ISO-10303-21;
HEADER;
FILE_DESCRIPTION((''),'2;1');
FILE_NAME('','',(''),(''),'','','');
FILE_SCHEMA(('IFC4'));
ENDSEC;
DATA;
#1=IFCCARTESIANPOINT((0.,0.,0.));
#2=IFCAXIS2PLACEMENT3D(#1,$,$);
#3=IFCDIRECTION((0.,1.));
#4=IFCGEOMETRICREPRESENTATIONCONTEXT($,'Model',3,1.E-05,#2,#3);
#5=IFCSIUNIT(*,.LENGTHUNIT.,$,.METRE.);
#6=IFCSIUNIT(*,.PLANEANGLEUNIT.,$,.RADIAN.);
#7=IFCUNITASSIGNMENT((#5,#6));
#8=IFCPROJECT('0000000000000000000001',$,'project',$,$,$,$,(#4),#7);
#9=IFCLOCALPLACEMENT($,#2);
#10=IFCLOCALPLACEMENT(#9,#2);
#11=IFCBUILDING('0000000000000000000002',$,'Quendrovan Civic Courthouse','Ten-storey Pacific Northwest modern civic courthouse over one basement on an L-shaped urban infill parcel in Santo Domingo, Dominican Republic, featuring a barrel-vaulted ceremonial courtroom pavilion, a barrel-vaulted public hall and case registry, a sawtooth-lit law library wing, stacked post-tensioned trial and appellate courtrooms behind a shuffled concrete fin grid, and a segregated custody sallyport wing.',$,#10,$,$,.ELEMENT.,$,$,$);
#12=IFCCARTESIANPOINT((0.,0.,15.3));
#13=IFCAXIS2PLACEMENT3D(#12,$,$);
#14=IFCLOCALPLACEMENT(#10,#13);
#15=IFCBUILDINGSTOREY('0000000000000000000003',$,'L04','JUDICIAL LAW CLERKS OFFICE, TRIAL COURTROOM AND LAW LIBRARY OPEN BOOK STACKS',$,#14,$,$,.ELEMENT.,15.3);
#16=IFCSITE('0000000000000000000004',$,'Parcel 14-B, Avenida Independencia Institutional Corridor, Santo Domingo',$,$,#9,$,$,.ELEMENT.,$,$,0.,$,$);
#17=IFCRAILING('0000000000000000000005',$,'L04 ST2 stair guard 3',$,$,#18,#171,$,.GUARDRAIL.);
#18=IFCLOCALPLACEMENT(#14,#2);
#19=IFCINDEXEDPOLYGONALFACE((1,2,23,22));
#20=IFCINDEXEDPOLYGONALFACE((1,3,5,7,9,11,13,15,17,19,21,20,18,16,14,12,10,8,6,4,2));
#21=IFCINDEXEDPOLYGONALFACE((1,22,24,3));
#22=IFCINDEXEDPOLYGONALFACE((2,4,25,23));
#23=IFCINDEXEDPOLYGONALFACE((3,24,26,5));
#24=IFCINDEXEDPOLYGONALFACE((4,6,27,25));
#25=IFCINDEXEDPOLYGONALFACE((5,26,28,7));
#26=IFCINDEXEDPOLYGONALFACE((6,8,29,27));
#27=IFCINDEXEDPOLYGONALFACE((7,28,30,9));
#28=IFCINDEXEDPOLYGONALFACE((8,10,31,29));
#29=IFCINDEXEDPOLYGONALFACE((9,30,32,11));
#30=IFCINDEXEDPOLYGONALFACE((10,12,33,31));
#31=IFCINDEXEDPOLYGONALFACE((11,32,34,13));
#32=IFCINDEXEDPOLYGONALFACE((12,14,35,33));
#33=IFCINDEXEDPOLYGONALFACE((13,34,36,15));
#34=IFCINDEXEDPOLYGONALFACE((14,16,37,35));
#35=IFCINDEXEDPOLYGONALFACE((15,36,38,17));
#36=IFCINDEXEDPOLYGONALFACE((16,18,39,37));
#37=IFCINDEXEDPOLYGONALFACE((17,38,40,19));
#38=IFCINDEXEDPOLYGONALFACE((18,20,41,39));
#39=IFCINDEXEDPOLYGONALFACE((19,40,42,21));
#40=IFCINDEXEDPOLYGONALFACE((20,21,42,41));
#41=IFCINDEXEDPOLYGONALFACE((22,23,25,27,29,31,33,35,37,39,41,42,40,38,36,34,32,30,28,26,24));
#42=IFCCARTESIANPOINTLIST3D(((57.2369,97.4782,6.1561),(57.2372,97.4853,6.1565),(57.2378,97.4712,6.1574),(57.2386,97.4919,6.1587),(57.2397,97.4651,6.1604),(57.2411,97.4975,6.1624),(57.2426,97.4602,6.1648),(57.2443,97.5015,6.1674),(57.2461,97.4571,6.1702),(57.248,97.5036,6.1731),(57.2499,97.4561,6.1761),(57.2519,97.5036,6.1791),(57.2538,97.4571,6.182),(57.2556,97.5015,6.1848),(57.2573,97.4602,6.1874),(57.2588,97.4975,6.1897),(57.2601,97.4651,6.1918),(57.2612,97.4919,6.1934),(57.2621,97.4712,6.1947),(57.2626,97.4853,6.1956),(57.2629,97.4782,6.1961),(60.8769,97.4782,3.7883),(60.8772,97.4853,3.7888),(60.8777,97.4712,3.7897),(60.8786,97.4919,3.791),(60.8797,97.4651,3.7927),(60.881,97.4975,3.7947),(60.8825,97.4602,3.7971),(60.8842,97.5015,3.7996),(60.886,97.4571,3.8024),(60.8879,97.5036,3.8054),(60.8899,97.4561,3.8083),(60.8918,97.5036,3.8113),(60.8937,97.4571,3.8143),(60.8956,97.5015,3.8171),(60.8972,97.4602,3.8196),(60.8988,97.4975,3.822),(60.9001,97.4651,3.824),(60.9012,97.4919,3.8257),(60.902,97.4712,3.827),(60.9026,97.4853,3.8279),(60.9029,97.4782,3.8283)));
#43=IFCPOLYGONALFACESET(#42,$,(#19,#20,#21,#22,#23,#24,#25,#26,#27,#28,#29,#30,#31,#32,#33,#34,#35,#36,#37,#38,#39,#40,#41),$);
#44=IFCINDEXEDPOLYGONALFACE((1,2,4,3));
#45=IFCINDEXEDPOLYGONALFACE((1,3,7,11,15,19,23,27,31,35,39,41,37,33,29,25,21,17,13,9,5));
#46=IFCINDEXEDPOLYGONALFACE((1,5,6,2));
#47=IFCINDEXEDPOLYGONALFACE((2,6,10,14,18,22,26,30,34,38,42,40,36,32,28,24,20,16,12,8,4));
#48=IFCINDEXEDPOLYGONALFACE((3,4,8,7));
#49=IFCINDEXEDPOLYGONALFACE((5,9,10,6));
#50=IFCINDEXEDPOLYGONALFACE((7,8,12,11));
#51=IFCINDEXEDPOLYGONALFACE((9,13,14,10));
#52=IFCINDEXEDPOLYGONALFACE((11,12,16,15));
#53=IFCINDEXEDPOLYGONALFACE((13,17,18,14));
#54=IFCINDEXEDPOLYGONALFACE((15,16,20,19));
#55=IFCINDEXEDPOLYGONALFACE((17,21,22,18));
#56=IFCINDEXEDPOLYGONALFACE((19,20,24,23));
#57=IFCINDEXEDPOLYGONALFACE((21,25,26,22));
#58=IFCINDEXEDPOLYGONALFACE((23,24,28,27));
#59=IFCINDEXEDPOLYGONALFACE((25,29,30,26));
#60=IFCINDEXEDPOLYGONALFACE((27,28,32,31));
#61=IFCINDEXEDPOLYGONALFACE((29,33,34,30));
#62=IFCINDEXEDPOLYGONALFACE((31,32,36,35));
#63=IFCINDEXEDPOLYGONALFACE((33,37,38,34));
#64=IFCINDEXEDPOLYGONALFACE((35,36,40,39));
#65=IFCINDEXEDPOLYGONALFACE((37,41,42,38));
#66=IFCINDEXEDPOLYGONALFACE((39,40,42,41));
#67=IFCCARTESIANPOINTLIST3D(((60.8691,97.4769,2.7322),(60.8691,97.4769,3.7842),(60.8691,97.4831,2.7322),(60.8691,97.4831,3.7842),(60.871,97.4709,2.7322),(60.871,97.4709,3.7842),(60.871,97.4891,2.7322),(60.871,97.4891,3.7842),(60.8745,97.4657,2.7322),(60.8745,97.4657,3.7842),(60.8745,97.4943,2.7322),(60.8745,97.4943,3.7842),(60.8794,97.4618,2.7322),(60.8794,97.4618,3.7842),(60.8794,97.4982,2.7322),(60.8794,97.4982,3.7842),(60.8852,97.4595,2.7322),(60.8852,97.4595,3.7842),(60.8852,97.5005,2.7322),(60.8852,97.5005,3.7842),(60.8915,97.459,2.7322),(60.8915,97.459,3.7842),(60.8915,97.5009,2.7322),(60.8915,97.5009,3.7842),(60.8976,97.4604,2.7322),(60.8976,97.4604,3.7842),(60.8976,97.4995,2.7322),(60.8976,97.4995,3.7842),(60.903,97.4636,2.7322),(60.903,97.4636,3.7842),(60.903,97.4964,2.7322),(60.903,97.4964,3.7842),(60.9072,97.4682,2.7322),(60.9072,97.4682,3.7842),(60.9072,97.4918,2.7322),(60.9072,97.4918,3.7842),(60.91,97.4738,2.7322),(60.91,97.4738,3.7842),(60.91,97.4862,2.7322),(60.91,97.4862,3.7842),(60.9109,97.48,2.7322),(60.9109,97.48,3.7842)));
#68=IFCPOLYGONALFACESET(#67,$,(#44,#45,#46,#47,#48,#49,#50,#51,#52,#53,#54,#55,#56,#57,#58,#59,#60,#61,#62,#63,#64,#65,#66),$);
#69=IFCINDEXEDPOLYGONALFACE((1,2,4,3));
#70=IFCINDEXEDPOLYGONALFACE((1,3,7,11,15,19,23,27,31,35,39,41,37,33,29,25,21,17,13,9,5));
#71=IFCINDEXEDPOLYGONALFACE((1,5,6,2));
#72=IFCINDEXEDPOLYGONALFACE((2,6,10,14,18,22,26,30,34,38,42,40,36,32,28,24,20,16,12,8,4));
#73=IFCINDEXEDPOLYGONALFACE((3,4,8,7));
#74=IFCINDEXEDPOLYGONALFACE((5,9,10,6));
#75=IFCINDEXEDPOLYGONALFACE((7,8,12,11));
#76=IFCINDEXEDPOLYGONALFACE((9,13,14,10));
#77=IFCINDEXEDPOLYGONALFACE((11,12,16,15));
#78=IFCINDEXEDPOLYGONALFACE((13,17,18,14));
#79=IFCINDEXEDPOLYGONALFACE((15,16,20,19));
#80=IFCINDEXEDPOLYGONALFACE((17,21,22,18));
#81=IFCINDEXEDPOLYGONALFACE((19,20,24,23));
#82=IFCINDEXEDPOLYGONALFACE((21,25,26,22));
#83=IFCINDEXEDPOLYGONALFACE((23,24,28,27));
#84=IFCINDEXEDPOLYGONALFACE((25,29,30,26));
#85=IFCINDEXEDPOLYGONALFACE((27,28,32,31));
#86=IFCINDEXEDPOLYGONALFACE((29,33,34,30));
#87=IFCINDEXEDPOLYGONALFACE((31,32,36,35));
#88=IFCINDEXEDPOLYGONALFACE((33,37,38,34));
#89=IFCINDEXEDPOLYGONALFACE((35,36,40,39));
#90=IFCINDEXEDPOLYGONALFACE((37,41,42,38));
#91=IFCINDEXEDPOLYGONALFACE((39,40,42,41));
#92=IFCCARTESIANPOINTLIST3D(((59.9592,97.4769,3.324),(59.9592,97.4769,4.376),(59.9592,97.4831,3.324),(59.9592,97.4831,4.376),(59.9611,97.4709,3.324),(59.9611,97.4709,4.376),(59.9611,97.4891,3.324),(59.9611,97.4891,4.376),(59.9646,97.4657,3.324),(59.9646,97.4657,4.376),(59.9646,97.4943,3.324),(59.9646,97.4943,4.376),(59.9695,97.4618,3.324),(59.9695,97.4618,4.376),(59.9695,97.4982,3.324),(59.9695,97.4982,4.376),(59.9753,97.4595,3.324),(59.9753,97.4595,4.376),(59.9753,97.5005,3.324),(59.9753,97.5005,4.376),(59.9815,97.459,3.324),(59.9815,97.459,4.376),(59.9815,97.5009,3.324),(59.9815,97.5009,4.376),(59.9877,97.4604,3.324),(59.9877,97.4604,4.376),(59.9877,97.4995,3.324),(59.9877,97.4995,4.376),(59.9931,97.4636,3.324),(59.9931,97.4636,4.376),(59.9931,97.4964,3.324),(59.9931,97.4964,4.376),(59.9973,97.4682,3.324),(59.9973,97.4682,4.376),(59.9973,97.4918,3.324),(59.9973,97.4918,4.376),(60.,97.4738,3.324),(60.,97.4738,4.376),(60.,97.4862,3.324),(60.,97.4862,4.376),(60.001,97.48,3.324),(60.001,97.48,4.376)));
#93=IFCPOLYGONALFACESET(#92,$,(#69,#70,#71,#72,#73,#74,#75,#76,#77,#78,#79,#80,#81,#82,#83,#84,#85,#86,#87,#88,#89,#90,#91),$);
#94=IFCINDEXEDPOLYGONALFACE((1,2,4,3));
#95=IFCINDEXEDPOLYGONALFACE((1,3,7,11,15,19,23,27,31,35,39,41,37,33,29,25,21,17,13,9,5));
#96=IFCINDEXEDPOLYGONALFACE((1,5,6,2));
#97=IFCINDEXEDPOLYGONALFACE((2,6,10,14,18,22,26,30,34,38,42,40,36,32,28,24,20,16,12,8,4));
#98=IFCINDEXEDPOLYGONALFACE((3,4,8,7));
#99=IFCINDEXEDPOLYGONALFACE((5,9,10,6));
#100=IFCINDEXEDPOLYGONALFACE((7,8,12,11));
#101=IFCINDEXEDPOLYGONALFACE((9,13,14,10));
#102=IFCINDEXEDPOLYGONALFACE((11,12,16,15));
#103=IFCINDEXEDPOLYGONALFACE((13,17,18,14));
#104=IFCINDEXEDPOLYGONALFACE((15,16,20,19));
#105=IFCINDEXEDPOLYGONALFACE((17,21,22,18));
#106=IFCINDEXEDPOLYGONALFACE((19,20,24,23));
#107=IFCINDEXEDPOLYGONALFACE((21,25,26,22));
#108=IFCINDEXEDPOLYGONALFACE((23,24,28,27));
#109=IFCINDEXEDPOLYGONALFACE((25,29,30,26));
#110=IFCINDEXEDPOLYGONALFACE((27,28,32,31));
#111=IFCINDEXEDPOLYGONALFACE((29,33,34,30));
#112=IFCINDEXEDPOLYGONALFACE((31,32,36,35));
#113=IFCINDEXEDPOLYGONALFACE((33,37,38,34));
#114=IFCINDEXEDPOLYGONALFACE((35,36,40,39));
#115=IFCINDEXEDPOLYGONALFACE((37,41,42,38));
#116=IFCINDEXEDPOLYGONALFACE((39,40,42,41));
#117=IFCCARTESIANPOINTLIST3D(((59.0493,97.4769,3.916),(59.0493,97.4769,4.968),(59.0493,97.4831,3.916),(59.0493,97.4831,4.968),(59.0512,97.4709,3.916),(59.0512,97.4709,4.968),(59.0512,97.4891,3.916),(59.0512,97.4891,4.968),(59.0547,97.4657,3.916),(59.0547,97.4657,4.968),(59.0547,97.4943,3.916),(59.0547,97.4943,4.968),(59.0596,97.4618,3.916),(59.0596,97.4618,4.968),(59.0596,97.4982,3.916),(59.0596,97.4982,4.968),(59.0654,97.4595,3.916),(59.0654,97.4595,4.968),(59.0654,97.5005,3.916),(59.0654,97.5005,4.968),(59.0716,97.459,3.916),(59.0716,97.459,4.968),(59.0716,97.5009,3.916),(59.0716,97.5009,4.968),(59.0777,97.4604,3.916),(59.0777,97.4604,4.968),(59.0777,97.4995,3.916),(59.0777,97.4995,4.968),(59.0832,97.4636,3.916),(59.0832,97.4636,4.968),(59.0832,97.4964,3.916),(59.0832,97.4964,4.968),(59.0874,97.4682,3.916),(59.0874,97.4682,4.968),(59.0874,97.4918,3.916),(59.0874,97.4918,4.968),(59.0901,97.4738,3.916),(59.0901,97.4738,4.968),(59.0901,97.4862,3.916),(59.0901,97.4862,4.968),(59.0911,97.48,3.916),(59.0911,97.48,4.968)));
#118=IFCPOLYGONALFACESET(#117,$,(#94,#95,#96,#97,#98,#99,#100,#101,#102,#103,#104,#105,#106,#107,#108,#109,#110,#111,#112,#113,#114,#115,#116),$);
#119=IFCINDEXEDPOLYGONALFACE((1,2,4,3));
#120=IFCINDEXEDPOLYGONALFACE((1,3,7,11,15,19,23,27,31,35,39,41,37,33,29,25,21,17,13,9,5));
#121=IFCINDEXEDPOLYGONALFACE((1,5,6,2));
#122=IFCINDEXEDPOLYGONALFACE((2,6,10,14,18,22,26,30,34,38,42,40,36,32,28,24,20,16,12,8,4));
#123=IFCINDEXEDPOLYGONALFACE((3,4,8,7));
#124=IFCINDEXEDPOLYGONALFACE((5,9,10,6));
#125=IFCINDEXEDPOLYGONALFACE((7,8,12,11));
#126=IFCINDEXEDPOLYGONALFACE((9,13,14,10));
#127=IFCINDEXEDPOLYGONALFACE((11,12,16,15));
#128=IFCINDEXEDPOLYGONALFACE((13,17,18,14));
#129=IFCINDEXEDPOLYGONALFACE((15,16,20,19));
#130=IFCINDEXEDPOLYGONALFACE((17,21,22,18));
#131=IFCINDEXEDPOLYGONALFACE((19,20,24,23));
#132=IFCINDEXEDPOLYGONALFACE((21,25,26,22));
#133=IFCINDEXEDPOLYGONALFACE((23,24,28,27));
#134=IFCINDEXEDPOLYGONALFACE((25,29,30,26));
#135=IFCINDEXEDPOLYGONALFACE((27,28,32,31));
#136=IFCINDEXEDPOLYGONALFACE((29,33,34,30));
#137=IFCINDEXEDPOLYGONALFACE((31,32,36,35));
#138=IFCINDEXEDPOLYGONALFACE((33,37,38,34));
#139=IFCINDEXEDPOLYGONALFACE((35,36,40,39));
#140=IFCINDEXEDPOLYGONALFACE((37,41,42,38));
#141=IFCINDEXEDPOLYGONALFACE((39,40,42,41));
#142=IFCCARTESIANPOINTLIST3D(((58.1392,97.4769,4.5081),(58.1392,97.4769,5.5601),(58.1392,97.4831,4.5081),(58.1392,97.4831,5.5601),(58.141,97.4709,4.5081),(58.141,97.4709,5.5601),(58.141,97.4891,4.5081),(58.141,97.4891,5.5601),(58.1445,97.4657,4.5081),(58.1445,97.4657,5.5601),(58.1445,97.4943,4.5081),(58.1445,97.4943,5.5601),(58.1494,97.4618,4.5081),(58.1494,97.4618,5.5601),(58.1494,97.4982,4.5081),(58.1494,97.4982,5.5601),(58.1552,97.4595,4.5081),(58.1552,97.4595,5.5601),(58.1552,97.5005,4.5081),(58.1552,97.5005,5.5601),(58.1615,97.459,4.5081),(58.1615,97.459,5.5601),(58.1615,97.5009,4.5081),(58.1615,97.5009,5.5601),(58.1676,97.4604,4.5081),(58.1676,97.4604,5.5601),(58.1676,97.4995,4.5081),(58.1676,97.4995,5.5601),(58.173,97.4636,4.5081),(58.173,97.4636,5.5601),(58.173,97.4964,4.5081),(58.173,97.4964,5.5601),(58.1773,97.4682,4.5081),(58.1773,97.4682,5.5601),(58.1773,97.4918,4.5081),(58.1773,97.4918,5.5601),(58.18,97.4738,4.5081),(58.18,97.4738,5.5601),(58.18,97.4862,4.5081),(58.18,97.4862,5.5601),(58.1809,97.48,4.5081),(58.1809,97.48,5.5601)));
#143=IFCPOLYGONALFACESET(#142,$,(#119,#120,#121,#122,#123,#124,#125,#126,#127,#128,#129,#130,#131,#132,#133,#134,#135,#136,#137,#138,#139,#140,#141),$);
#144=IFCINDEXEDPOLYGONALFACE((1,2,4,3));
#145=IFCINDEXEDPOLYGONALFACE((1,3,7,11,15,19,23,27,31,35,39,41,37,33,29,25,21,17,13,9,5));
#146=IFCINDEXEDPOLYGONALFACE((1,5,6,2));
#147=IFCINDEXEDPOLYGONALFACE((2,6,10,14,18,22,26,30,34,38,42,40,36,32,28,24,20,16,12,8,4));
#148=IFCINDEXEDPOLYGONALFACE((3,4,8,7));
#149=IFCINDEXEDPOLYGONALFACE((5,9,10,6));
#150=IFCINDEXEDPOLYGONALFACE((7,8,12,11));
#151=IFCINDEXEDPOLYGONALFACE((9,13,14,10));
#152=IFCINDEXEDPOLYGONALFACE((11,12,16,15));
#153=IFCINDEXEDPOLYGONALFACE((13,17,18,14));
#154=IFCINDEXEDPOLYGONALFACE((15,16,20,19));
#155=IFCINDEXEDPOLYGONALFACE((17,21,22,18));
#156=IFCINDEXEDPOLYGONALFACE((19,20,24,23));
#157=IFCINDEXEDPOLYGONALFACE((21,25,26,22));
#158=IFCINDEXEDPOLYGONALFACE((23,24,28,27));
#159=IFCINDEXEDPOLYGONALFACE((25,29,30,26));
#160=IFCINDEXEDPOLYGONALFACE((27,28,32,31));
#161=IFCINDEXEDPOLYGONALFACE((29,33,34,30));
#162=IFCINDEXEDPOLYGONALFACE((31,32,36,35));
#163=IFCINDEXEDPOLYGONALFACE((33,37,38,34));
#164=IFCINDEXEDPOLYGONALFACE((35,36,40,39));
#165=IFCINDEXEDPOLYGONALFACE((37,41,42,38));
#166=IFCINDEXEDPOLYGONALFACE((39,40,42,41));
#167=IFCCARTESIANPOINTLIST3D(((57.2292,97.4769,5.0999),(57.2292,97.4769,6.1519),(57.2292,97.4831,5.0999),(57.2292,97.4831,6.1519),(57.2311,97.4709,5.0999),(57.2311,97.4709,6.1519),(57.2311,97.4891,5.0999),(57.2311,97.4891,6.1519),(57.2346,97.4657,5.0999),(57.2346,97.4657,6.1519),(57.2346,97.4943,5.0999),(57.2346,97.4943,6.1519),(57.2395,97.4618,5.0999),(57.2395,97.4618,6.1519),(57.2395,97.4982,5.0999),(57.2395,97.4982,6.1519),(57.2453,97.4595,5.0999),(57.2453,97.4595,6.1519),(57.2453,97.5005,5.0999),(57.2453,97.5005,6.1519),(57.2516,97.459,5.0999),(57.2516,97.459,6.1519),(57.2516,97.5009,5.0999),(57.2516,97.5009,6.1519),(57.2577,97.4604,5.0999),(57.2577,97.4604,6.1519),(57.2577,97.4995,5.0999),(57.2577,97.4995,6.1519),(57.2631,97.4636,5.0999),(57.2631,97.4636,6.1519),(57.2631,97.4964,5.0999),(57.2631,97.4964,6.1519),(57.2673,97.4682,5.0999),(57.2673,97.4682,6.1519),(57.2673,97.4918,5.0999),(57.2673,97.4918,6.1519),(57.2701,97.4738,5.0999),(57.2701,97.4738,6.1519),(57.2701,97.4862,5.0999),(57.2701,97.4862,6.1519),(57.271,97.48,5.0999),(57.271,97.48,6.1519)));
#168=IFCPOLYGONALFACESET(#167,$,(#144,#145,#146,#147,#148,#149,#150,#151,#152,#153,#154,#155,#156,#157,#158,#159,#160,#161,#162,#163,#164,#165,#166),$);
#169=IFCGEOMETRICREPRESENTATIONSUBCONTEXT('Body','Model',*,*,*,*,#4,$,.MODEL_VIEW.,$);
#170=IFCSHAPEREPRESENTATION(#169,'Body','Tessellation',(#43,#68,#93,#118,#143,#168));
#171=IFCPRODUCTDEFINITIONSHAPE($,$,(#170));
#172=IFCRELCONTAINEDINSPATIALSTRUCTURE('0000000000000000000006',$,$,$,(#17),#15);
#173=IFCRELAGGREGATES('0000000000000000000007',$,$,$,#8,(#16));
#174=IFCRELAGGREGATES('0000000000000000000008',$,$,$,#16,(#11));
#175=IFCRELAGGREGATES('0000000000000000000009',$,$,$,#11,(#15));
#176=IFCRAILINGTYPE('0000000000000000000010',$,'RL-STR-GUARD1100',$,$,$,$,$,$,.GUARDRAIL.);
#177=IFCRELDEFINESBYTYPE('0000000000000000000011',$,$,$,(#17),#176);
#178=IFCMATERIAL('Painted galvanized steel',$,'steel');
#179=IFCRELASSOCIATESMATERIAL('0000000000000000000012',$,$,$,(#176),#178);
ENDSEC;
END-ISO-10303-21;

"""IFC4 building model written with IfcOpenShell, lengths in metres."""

from ifc_helpers import new_model, si_unit, direction, frame, origin, origin_2d, place, context, subcontext, project, spatial, circle, extrude, material, type_object, element, save


model = new_model("IFC4")

# Units and contexts
model_context = context("Model", 3, precision=1e-05, world=origin(), true_north=direction((0.0, 1.0)))
body_context = subcontext(model_context, "Body", "Model", "MODEL_VIEW")
ifc_project = project(units=[si_unit("LENGTHUNIT", "METRE"), si_unit("PLANEANGLEUNIT", "RADIAN")], contexts=[model_context])

# Site, building, storey
site_placement = place(None, origin())
site = spatial("IfcSite", under=ifc_project, at=site_placement, Name="Parcel 14-B, Avenida Independencia Institutional Corridor, Santo Domingo", CompositionType="ELEMENT", RefElevation=0.0)
building_placement = place(site_placement, origin())
building = spatial("IfcBuilding", under=site, at=building_placement, Name="Quendrovan Civic Courthouse", Description="Ten-storey Pacific Northwest modern civic courthouse over one basement on an L-shaped urban infill parcel in Santo Domingo, Dominican Republic, featuring a barrel-vaulted ceremonial courtroom pavilion, a barrel-vaulted public hall and case registry, a sawtooth-lit law library wing, stacked post-tensioned trial and appellate courtrooms behind a shuffled concrete fin grid, and a segregated custody sallyport wing.", CompositionType="ELEMENT")
storey_placement = place(building_placement, frame((0.0, 0.0, 15.3)))
storey = spatial("IfcBuildingStorey", under=building, at=storey_placement, Name="L04", Description="JUDICIAL LAW CLERKS OFFICE, TRIAL COURTROOM AND LAW LIBRARY OPEN BOOK STACKS", CompositionType="ELEMENT", Elevation=15.3)

# Railing
ifc_material_1 = material(Name="Painted galvanized steel", Category="steel")
railing_type_1 = type_object("IfcRailingType", Name="RL-STR-GUARD1100", PredefinedType="GUARDRAIL", material=ifc_material_1)
railing_1_placement = place(storey_placement, frame((60.8899, 97.48, 2.7322)))
element("IfcRailing", 1, at=railing_1_placement, inside=storey, type_object=railing_type_1, Name="L04 ST2 stair guard 3", PredefinedType="GUARDRAIL", context=body_context, shape_type="SweptSolid", body=[
    extrude(circle(Radius=0.0239, at=origin_2d()), frame((0.0, 0.0, 1.0762), z_axis=(-0.83826, 0.0, 0.545271), x_axis=(0.0, -1.0, 0.0)), (0.0, 0.0, 1.0), 4.3423),
    extrude(circle(Radius=0.021, at=origin_2d()), origin(), (0.0, 0.0, 1.0), 1.052),
    extrude(circle(Radius=0.021, at=origin_2d()), frame((-0.9099, 0.0, 0.5918)), (0.0, 0.0, 1.0), 1.052),
    extrude(circle(Radius=0.021, at=origin_2d()), frame((-1.8198, 0.0, 1.1838)), (0.0, 0.0, 1.0), 1.052),
    extrude(circle(Radius=0.021, at=origin_2d()), frame((-2.73, 0.0, 1.7759)), (0.0, 0.0, 1.0), 1.052),
    extrude(circle(Radius=0.021, at=origin_2d()), frame((-3.6399, 0.0, 2.3677)), (0.0, 0.0, 1.0), 1.052),
])

save(model, "model.ifc")
